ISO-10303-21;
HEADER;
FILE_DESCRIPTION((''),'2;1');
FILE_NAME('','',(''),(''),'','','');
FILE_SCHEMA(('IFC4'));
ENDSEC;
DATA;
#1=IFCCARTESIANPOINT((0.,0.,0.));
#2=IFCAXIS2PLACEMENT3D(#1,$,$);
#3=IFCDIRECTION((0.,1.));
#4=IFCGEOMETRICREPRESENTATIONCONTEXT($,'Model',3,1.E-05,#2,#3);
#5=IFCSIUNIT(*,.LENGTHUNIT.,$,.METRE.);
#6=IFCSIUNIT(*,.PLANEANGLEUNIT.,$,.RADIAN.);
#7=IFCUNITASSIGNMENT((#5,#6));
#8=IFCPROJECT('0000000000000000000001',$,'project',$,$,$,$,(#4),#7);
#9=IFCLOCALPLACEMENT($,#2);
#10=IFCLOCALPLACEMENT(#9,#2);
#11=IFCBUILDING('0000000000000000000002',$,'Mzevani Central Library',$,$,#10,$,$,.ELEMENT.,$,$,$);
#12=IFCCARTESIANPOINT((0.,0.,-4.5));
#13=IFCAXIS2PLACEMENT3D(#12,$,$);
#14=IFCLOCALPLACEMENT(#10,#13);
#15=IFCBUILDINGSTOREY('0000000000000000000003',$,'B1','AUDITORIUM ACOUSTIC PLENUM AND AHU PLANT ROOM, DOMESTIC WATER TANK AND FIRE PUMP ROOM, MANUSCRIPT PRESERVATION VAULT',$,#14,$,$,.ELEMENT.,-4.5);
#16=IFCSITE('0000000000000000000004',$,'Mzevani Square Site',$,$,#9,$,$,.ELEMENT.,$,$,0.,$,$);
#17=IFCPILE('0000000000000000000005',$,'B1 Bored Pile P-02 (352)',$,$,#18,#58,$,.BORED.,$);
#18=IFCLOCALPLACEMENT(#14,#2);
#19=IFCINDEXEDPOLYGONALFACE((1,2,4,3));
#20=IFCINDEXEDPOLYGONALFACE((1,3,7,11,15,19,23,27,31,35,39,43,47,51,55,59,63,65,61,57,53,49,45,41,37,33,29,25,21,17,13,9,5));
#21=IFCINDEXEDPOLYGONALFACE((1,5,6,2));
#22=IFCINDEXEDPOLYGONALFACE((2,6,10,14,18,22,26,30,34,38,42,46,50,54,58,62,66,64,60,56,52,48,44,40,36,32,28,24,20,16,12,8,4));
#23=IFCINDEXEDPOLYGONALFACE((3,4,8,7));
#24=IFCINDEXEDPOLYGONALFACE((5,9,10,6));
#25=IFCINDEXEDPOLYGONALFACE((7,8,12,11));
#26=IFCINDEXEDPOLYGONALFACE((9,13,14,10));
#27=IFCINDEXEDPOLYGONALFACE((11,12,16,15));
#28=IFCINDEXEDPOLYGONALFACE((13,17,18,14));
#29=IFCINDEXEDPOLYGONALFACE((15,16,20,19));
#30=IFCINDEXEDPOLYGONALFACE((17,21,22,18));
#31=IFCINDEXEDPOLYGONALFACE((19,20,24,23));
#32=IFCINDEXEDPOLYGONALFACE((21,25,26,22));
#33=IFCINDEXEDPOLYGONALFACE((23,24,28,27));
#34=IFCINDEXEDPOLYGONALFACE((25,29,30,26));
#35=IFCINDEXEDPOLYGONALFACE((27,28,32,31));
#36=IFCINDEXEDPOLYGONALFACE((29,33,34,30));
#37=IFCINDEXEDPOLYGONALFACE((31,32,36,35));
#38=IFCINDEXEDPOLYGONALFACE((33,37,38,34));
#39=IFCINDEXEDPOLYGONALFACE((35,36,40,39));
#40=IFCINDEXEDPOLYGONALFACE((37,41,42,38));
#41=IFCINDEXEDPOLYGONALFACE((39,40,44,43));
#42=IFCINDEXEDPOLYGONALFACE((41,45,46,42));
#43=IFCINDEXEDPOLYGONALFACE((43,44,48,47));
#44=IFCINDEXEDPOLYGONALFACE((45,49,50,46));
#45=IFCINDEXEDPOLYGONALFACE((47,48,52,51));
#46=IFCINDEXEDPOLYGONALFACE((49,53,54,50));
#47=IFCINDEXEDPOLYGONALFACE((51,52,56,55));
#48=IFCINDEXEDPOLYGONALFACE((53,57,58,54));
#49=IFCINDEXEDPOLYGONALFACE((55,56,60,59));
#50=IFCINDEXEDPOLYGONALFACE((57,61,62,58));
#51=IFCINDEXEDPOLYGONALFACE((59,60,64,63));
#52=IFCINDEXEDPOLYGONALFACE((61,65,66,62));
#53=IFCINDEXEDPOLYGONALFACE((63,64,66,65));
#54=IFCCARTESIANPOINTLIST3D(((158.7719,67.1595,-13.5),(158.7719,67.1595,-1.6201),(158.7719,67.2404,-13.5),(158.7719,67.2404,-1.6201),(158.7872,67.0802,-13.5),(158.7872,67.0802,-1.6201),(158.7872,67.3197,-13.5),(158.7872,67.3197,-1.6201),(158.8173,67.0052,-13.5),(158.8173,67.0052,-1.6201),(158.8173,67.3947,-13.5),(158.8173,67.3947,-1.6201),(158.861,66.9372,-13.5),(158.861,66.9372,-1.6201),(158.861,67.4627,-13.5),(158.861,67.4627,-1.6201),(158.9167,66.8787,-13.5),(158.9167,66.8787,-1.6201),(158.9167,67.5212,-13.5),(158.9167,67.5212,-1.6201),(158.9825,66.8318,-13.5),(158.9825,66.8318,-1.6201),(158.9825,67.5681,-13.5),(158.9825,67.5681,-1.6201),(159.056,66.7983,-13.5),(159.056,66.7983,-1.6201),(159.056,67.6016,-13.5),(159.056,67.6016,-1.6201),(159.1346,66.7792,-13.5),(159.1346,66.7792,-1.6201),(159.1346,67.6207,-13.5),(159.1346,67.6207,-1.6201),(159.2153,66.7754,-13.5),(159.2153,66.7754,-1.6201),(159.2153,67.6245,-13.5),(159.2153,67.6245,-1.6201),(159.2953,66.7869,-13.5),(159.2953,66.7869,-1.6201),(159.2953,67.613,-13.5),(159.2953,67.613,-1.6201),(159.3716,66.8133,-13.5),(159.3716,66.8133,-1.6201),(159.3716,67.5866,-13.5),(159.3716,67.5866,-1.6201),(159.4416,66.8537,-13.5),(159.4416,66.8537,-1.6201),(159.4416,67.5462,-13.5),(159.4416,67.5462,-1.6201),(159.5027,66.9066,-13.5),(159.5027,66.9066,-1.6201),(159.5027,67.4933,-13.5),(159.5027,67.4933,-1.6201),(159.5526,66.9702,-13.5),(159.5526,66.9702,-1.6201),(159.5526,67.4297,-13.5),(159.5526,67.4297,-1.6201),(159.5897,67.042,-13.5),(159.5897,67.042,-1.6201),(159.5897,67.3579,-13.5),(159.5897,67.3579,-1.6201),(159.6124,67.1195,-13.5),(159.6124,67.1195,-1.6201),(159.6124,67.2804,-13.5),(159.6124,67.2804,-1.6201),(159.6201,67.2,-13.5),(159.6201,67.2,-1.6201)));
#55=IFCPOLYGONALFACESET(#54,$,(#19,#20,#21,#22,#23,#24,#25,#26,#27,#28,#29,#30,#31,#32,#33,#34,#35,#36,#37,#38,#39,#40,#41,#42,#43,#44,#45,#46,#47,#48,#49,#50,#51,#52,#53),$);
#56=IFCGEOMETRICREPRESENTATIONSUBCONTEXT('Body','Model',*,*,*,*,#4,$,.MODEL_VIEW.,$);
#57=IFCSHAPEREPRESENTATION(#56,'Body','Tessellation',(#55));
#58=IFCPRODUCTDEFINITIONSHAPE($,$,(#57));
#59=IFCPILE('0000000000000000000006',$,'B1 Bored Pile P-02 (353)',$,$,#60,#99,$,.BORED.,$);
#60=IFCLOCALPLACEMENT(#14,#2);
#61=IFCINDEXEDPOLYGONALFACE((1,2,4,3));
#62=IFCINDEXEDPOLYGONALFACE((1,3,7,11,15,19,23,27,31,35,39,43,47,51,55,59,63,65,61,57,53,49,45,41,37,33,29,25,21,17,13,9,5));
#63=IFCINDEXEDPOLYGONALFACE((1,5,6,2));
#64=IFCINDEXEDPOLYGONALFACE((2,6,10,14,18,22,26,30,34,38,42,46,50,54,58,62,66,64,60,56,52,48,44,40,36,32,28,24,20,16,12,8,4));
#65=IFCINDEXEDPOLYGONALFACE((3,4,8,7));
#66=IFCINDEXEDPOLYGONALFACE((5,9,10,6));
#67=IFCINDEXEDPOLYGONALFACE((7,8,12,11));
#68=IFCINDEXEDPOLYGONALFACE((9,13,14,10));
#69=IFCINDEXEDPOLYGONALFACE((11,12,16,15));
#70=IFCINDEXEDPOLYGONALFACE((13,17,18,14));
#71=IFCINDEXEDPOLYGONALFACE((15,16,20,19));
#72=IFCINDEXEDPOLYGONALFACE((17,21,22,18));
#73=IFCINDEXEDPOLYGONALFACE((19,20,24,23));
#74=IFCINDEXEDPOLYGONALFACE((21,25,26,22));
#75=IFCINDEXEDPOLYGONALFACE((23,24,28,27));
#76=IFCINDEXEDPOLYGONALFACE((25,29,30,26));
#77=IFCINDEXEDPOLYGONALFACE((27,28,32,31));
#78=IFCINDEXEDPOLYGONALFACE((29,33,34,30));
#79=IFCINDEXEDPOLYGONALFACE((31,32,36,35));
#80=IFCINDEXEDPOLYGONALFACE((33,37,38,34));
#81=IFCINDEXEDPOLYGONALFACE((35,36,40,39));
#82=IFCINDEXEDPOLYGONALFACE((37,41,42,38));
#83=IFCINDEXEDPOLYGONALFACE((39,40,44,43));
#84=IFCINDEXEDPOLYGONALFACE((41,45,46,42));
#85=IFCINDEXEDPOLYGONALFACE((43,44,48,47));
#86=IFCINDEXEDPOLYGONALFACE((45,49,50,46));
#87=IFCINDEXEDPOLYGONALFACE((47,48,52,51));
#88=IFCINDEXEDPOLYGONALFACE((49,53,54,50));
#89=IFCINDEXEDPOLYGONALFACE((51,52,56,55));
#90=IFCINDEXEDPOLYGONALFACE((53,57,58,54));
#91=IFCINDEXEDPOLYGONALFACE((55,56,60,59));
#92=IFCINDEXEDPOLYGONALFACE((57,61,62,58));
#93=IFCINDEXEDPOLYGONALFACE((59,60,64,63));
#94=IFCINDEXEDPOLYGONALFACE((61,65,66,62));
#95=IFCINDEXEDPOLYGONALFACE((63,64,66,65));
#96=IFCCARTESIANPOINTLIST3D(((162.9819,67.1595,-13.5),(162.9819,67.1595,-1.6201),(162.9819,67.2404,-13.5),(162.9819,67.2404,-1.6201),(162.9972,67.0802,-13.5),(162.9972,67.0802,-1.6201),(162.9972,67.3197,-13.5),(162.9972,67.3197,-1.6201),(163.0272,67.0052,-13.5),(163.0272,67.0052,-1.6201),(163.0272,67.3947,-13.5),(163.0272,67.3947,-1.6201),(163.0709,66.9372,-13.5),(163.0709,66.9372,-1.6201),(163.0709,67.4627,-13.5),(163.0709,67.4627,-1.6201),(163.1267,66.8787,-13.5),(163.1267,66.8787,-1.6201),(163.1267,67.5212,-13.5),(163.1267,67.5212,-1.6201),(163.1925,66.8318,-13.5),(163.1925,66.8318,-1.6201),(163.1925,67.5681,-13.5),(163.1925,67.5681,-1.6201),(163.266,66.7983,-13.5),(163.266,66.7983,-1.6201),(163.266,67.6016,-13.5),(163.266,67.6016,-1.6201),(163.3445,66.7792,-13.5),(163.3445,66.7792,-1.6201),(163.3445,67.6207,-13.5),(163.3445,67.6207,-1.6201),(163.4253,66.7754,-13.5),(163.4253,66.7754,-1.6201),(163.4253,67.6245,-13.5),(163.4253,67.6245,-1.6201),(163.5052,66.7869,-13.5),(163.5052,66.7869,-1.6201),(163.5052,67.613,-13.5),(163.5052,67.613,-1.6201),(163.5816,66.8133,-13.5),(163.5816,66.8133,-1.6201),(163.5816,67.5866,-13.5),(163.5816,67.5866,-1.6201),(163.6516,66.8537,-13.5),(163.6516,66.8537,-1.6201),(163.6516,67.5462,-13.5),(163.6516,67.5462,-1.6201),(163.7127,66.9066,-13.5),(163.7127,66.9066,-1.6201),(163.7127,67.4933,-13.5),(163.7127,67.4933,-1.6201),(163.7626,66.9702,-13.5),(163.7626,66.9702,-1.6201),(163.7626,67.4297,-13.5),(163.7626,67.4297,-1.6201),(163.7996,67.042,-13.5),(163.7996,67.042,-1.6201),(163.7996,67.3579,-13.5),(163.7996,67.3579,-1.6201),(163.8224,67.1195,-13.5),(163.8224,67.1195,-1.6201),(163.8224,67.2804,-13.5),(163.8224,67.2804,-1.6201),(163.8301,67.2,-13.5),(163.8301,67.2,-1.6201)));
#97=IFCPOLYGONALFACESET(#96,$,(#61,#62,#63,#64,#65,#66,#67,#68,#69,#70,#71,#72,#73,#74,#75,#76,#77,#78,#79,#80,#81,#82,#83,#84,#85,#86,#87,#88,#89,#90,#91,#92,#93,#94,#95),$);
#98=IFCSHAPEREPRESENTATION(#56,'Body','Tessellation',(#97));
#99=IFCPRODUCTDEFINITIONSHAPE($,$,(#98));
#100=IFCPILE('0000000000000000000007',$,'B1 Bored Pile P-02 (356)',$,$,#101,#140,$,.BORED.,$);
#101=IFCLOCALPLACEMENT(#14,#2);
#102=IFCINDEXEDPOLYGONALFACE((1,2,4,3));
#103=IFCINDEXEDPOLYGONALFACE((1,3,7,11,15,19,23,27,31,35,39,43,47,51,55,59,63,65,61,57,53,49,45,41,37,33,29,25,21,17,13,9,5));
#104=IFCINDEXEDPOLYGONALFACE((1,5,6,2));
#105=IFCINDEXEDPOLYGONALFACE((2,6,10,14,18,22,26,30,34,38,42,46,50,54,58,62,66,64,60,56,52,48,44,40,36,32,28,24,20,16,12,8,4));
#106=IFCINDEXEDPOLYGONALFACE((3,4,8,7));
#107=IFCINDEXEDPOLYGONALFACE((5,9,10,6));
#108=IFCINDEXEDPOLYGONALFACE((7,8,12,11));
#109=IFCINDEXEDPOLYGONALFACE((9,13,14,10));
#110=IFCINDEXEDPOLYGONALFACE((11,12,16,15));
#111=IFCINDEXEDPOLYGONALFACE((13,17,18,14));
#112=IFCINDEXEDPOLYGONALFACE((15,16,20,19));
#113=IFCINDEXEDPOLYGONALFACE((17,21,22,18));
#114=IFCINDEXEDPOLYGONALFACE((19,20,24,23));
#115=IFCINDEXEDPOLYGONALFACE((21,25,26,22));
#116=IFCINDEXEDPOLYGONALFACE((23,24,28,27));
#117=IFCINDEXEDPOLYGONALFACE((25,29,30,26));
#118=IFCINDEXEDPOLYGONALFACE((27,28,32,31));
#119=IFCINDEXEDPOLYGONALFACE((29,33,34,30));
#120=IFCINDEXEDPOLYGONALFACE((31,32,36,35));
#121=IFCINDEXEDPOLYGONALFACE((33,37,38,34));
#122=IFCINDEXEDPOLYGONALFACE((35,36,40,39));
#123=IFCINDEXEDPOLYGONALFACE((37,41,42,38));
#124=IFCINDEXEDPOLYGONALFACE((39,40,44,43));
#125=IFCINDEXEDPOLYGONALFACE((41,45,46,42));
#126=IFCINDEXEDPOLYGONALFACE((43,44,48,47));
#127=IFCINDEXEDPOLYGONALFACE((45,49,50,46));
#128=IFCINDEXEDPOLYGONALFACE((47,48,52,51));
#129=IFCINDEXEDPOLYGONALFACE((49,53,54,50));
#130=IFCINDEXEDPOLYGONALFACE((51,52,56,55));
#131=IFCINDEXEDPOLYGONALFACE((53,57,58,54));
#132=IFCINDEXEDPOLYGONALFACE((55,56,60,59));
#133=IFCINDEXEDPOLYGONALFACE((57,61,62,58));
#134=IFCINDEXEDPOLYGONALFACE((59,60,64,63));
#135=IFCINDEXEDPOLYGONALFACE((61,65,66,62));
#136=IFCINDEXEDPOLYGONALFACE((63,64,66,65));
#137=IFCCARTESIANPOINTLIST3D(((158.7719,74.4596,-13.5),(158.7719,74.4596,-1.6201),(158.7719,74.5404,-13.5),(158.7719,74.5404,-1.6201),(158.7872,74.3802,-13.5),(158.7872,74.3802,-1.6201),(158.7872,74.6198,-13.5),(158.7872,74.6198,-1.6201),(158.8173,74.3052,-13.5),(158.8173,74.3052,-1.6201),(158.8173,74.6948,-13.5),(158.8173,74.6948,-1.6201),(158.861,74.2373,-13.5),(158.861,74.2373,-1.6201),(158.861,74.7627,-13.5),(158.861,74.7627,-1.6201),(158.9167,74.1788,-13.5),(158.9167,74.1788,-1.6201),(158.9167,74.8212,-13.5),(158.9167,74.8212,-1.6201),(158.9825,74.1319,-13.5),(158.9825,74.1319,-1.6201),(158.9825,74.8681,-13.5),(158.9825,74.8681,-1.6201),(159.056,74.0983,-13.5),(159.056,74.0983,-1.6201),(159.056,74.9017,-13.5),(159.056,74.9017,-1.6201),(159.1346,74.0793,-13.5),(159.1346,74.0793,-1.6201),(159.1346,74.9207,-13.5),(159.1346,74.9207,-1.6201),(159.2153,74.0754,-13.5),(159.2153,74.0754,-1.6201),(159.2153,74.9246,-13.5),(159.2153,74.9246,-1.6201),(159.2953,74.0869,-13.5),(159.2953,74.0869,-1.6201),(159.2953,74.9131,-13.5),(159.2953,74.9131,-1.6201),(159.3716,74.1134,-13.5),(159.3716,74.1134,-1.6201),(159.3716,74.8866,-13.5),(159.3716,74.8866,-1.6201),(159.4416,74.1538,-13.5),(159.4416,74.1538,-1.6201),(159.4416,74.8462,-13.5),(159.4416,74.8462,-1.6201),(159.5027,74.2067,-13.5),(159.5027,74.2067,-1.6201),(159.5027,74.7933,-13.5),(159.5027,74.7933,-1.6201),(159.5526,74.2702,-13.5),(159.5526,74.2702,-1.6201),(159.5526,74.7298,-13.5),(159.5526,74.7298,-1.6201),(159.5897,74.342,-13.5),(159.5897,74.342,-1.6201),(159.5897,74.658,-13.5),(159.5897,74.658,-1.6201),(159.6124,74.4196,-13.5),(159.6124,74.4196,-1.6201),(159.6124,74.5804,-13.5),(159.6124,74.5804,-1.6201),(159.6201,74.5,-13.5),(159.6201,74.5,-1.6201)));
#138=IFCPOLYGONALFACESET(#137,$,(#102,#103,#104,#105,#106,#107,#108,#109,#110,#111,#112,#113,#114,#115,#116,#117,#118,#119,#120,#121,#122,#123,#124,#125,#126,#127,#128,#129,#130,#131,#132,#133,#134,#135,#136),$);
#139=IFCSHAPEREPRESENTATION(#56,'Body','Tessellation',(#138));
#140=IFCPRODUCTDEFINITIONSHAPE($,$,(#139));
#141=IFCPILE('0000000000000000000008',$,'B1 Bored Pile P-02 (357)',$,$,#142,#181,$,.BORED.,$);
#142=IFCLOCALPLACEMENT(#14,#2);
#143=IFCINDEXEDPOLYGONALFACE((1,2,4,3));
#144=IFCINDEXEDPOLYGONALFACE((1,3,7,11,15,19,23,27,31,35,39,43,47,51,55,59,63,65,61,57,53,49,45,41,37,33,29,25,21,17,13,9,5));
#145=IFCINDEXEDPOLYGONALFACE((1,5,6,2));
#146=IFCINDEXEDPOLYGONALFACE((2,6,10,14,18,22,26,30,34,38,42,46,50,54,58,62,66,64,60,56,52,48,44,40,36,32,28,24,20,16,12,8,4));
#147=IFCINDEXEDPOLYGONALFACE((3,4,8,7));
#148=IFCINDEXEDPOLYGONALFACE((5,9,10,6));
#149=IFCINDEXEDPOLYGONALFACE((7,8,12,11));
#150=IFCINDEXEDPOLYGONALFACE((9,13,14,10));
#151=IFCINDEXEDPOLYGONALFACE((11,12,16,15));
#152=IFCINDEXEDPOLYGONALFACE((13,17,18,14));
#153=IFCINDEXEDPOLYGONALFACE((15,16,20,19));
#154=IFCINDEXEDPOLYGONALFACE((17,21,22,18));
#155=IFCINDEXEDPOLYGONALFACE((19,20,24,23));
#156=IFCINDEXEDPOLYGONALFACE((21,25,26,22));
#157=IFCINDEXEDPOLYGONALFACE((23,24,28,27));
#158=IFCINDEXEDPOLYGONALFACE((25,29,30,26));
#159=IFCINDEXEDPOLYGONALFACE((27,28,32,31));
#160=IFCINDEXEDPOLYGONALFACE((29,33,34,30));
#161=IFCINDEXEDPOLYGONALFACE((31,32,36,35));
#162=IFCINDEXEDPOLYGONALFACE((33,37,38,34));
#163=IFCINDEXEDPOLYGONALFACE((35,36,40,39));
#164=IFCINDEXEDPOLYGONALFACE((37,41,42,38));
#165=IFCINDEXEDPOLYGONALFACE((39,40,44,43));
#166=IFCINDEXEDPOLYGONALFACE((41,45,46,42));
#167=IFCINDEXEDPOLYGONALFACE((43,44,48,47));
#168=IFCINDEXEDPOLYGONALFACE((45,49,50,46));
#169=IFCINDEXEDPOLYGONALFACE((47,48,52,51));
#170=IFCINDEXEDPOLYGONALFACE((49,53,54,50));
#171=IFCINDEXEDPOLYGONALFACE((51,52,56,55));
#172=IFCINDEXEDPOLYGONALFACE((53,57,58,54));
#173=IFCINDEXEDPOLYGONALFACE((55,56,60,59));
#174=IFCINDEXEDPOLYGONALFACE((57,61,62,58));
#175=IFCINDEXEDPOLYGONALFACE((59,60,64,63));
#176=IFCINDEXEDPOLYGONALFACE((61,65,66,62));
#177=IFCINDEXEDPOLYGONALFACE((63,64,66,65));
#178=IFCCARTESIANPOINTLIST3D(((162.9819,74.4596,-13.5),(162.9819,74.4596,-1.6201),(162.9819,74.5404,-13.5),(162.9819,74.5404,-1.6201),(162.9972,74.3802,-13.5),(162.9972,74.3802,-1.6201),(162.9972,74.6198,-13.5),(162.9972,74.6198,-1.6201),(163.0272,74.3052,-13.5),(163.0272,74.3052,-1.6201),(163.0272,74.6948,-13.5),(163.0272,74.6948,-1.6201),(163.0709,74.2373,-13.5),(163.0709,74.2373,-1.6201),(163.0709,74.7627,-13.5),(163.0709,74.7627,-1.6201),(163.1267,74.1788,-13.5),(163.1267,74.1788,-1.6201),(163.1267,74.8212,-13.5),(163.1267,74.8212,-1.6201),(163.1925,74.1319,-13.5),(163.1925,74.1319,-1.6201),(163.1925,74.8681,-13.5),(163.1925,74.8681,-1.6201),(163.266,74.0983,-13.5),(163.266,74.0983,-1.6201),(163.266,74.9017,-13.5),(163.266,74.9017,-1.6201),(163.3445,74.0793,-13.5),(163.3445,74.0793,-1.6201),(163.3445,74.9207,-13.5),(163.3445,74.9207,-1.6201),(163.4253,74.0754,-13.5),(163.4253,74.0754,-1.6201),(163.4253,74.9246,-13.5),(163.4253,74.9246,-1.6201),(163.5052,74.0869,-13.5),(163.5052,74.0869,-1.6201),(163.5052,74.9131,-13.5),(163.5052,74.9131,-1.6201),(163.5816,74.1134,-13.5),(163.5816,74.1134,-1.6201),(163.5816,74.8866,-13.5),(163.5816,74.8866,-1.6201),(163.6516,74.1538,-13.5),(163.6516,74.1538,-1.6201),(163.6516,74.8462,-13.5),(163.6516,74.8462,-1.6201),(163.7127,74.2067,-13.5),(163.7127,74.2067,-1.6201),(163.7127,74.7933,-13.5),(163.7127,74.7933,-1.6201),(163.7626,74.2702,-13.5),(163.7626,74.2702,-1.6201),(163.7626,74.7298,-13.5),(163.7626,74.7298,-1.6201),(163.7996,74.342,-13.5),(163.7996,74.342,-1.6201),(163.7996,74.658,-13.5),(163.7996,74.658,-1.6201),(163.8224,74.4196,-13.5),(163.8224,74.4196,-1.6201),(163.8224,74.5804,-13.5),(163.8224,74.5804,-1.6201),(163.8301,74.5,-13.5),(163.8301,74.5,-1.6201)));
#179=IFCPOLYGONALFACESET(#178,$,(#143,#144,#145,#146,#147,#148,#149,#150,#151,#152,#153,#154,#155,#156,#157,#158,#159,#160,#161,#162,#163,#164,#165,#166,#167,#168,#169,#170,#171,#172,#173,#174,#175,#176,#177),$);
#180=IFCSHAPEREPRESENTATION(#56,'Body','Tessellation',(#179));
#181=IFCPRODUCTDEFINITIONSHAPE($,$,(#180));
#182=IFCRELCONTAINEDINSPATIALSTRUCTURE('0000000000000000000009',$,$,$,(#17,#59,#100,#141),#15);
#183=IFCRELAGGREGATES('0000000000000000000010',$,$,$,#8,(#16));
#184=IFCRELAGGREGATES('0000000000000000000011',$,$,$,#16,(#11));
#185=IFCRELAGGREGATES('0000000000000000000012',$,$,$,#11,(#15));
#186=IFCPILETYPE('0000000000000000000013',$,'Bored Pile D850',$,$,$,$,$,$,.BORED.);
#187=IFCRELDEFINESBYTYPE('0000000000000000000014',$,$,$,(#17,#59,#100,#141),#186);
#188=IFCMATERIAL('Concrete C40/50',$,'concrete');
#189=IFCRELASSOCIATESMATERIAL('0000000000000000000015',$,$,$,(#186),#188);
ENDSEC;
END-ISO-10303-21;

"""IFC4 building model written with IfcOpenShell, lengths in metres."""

from ifc_helpers import new_model, si_unit, direction, frame, origin, origin_2d, place, context, subcontext, project, spatial, circle, extrude, material, material_profile, profile_set, type_object, element, save


model = new_model("IFC4")

# Units and contexts
model_context = context("Model", 3, precision=1e-05, world=origin(), true_north=direction((0.0, 1.0)))
body_context = subcontext(model_context, "Body", "Model", "MODEL_VIEW")
ifc_project = project(units=[si_unit("LENGTHUNIT", "METRE"), si_unit("PLANEANGLEUNIT", "RADIAN")], contexts=[model_context])

# Site, building, storey
site_placement = place(None, origin())
site = spatial("IfcSite", under=ifc_project, at=site_placement, Name="Mzevani Square Site", CompositionType="ELEMENT", RefElevation=0.0)
building_placement = place(site_placement, origin())
building = spatial("IfcBuilding", under=site, at=building_placement, Name="Mzevani Central Library", CompositionType="ELEMENT")
storey_placement = place(building_placement, frame((0.0, 0.0, -4.5)))
storey = spatial("IfcBuildingStorey", under=building, at=storey_placement, Name="B1", Description="AUDITORIUM ACOUSTIC PLENUM AND AHU PLANT ROOM, DOMESTIC WATER TANK AND FIRE PUMP ROOM, MANUSCRIPT PRESERVATION VAULT", CompositionType="ELEMENT", Elevation=-4.5)

# Piles
ifc_material_1 = material(Name="Concrete C40/50", Category="concrete")
ifc_material_profile_1 = material_profile(ifc_material_1, circle(Radius=0.425, at=origin_2d()), Name="PILE D850")
ifc_profile_set_1 = profile_set([ifc_material_profile_1], Name="Concrete C40/50")
pile_type_1 = type_object("IfcPileType", Name="Bored Pile D850", PredefinedType="BORED", material=ifc_profile_set_1)
for number, where, z_axis, x_axis, name in (
    (1, (159.1951, 67.2, -1.6201), (0.0, 0.0, -1.0), (1.0, 0.0, 0.0), "B1 Bored Pile P-02 (352)"),
    (2, (163.405, 67.2, -1.6201), (0.0, 0.0, -1.0), (1.0, 0.0, 0.0), "B1 Bored Pile P-02 (353)"),
    (3, (159.1951, 74.5, -1.6201), (0.0, 0.0, -1.0), (1.0, 0.0, 0.0), "B1 Bored Pile P-02 (356)"),
    (4, (163.405, 74.5, -1.6201), (0.0, 0.0, -1.0), (1.0, 0.0, 0.0), "B1 Bored Pile P-02 (357)"),
):
    element("IfcPile", number, at=place(storey_placement, frame(where, z_axis=z_axis, x_axis=x_axis)), inside=storey, type_object=pile_type_1, Name=name, PredefinedType="BORED", context=body_context, shape_type="SweptSolid", body=[
        extrude(circle(Radius=0.425, at=origin_2d()), origin(), (0.0, 0.0, 1.0), 11.8799),
    ])

save(model, "model.ifc")
